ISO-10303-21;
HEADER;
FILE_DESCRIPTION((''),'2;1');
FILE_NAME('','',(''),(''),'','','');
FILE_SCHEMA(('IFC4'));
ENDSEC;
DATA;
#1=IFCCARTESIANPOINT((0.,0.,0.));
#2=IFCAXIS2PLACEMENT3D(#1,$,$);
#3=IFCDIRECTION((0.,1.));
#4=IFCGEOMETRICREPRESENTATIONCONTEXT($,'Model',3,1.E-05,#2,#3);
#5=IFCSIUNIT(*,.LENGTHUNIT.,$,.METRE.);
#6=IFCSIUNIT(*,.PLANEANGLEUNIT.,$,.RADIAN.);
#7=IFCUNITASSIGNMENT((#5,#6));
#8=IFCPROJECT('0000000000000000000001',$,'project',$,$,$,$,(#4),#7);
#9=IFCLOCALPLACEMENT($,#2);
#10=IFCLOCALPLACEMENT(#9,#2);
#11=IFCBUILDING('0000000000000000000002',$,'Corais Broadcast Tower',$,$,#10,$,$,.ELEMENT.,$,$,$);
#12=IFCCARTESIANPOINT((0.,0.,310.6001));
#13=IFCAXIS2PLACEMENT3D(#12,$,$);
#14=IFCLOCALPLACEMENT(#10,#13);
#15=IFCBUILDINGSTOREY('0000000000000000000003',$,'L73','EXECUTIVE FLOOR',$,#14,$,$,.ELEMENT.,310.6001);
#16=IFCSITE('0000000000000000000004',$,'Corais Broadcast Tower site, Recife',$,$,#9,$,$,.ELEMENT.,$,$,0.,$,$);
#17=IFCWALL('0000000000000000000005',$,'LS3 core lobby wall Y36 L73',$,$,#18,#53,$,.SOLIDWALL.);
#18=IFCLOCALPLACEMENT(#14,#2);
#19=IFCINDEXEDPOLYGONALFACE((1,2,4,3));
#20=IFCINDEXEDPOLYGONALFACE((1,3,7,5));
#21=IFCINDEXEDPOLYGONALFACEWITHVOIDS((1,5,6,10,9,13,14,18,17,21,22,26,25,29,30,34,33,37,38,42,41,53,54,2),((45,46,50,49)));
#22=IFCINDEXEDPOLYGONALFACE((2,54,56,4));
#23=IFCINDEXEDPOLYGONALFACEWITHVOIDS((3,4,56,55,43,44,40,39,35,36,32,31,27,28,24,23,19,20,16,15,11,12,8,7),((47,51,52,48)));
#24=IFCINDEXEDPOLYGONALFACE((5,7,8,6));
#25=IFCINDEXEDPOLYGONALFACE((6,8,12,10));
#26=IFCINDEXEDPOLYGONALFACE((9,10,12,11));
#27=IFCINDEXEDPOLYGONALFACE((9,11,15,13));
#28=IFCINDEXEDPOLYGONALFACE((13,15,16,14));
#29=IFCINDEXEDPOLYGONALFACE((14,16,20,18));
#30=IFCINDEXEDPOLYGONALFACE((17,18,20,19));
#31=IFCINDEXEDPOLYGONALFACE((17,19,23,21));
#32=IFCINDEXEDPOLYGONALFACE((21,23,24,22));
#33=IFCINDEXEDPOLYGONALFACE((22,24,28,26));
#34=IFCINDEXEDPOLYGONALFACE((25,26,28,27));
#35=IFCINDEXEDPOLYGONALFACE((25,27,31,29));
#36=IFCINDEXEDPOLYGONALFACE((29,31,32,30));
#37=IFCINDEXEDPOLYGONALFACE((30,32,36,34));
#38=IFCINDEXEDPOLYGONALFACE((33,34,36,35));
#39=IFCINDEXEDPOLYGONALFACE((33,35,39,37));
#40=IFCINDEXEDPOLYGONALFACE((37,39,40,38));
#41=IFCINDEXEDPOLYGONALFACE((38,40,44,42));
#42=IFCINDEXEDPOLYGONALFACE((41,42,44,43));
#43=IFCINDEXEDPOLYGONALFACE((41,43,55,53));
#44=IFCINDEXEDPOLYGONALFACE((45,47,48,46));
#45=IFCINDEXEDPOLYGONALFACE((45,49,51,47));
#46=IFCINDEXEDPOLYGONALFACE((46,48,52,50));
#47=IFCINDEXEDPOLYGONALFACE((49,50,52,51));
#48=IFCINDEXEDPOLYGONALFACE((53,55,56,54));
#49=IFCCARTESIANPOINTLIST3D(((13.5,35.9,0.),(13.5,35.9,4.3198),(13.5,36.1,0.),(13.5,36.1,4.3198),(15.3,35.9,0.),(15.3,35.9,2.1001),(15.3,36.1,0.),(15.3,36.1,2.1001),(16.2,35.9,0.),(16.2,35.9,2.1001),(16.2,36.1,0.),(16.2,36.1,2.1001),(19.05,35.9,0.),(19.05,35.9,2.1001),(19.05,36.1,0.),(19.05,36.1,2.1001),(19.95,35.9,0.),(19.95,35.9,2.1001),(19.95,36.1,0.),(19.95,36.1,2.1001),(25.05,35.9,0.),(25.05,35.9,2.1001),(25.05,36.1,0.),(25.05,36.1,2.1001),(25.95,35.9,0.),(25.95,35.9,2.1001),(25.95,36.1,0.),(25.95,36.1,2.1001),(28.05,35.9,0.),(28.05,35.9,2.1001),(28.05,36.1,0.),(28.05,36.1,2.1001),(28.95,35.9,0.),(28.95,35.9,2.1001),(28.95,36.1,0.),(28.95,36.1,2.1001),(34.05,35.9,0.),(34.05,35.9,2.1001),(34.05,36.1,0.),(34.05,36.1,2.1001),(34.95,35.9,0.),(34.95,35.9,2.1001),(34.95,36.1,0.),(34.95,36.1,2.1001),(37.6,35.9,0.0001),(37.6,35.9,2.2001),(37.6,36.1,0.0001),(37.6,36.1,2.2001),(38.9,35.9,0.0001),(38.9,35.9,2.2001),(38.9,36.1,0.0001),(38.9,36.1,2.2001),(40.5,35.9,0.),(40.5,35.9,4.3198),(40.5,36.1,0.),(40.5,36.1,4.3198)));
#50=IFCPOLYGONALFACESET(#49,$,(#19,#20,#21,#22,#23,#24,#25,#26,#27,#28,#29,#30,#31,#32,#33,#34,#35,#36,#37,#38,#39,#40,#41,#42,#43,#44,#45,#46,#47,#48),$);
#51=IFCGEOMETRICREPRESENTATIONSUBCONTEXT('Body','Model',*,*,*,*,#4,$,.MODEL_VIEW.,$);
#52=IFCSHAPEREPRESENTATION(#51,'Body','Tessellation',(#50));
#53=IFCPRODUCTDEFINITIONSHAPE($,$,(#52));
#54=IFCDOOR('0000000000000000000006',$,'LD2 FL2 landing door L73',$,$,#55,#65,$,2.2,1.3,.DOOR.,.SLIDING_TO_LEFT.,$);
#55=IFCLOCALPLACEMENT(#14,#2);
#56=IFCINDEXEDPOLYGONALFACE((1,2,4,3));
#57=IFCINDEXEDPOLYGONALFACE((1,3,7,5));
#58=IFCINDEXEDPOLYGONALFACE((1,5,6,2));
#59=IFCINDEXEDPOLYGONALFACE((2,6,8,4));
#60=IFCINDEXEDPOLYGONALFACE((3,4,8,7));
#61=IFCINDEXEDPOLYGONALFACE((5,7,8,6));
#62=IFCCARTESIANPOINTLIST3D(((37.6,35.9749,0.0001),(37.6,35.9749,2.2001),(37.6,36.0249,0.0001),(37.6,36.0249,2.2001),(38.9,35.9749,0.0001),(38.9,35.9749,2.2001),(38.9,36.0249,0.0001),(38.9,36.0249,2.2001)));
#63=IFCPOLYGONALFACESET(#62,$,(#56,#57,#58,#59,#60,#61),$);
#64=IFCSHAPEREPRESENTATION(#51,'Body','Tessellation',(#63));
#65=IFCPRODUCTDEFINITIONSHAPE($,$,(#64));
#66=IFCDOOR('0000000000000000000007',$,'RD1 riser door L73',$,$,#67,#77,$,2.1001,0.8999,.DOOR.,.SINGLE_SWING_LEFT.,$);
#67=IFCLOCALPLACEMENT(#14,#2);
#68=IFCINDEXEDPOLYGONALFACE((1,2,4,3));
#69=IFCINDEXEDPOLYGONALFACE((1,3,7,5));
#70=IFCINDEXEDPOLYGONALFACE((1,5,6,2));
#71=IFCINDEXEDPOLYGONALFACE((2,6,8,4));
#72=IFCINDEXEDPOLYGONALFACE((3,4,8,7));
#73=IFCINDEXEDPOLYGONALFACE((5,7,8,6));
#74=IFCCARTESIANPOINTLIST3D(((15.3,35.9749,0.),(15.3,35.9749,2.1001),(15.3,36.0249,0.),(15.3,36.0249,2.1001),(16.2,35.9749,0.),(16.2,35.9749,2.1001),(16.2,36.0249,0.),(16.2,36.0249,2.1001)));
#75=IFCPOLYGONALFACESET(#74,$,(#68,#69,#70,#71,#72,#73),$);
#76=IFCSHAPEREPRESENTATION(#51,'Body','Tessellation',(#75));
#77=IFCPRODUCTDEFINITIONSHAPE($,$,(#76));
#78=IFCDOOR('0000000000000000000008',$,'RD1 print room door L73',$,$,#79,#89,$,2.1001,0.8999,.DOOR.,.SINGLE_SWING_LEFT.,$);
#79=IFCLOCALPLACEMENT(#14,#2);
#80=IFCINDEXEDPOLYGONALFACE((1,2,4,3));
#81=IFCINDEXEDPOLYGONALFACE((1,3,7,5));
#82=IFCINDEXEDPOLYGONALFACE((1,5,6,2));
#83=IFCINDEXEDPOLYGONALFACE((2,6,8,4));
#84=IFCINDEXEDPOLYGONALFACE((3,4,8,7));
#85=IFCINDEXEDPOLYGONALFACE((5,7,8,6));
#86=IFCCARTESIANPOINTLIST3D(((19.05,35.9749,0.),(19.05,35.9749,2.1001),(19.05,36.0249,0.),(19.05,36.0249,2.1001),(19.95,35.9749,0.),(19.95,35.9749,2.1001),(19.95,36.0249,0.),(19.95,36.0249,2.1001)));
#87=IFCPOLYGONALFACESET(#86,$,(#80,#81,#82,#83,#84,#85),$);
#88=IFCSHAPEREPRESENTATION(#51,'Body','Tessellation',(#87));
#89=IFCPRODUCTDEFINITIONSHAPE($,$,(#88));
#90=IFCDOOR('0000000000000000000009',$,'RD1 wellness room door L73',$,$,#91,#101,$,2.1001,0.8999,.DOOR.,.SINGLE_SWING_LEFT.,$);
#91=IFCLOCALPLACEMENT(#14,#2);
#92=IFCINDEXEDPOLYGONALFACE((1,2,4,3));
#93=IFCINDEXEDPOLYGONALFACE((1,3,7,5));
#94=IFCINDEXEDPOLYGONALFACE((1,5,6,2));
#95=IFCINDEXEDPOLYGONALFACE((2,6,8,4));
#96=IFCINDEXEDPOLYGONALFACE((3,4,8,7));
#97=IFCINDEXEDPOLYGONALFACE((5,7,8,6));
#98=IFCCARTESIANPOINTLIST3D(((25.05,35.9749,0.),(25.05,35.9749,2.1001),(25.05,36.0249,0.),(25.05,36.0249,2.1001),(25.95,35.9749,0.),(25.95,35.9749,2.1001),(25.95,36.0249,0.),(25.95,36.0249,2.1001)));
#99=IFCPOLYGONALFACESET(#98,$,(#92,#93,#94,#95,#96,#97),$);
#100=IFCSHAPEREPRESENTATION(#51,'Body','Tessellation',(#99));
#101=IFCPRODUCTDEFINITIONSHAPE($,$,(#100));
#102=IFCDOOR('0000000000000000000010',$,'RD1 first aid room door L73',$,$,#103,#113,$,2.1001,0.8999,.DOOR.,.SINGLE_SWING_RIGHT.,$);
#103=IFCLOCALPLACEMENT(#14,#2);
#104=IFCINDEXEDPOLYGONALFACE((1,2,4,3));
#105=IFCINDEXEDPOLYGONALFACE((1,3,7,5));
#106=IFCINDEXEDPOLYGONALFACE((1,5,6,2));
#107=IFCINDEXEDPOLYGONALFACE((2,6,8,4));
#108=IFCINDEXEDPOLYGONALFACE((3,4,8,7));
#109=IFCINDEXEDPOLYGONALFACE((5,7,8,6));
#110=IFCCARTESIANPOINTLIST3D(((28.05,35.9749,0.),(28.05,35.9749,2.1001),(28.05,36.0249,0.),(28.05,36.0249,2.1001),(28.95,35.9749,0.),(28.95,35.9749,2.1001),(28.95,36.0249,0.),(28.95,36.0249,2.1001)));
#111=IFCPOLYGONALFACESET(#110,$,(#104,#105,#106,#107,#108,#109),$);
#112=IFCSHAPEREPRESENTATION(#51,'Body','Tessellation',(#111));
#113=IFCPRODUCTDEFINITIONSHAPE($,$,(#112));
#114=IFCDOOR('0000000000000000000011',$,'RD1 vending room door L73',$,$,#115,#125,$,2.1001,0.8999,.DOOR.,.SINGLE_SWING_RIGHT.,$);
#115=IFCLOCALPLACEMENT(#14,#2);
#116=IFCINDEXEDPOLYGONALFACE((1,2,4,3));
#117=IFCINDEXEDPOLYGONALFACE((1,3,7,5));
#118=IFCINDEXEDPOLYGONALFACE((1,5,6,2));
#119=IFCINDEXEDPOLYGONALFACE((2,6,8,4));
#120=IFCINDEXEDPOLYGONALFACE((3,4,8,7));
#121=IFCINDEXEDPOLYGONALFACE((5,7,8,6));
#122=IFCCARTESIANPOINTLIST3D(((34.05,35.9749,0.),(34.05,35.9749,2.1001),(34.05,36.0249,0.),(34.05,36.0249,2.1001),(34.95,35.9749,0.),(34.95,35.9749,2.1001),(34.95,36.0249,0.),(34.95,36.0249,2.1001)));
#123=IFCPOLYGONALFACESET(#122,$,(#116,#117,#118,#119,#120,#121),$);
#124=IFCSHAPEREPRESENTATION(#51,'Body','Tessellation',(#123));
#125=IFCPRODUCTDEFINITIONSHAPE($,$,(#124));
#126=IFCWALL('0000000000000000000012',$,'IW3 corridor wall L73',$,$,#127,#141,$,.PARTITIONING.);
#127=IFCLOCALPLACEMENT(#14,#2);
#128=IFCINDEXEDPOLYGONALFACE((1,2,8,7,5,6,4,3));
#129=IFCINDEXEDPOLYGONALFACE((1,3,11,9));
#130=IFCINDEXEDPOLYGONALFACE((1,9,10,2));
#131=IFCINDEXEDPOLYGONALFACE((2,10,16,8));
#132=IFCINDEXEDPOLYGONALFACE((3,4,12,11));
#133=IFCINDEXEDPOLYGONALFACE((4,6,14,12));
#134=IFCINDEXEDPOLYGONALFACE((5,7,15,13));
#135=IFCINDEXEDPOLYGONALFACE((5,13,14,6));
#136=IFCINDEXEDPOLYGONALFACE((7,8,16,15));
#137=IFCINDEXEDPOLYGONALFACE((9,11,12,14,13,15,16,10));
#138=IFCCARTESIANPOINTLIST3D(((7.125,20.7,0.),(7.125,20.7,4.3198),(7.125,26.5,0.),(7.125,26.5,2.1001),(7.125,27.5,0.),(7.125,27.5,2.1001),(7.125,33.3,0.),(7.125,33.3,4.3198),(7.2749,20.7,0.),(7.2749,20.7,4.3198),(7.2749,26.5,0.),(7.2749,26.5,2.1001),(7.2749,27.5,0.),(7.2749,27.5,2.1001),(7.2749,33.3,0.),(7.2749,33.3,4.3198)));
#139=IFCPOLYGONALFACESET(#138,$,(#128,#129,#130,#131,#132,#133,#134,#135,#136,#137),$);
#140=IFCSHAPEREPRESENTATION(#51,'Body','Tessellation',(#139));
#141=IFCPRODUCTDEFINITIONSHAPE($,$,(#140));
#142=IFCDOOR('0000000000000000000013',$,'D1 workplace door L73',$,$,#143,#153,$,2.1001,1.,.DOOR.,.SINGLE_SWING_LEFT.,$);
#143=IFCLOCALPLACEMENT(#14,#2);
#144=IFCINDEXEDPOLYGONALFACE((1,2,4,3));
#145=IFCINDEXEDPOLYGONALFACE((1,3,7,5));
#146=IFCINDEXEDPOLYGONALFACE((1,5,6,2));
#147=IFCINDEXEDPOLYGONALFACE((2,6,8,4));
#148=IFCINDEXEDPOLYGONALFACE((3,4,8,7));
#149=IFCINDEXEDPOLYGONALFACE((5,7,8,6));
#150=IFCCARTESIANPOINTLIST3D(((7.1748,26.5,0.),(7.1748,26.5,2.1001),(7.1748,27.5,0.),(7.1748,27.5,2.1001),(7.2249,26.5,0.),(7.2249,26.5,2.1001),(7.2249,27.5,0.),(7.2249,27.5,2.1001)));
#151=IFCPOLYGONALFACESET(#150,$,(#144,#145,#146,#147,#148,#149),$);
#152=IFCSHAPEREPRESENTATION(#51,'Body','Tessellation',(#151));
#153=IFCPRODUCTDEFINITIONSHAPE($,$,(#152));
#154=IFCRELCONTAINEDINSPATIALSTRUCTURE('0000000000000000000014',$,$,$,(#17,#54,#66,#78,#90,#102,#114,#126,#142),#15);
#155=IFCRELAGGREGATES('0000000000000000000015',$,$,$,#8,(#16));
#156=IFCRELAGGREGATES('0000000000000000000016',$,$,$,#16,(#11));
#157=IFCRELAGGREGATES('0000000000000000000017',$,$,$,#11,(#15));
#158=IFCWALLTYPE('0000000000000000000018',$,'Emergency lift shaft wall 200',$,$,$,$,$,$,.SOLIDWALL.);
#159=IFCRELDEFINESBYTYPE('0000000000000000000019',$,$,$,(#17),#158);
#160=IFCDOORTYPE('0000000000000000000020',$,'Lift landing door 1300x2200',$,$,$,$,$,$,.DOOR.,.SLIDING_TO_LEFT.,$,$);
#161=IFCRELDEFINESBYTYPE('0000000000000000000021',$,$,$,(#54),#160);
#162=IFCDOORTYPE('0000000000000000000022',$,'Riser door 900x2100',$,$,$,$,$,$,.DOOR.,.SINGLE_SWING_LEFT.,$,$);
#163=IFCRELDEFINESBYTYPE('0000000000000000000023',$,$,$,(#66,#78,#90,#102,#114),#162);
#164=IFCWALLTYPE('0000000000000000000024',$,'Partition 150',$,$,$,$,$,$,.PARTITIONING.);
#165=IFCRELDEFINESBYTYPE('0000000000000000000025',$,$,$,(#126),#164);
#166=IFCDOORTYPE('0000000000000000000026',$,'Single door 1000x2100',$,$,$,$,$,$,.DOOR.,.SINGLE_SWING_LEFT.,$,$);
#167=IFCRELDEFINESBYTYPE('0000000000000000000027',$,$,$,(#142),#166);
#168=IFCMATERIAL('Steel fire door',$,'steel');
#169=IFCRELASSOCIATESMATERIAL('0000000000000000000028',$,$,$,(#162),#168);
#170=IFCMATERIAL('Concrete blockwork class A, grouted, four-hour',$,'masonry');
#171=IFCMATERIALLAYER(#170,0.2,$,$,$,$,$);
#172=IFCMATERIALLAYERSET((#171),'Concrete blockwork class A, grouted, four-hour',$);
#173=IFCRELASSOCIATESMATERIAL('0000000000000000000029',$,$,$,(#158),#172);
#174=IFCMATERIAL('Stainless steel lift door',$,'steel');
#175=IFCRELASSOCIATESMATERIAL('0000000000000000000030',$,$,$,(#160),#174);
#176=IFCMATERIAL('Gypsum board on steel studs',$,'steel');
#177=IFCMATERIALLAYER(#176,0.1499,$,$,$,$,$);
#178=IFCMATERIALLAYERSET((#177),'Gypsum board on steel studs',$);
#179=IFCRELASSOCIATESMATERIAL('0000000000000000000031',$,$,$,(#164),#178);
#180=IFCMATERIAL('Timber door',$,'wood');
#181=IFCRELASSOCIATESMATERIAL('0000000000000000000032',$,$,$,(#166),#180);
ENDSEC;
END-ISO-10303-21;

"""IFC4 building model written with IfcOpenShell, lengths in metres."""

from ifc_helpers import new_model, si_unit, direction, frame, frame_2d, origin, place, context, subcontext, project, spatial, rectangle, extrude, material, layer, layer_set, type_object, element, fill, save


model = new_model("IFC4")

# Units and contexts
model_context = context("Model", 3, precision=1e-05, world=origin(), true_north=direction((0.0, 1.0)))
body_context = subcontext(model_context, "Body", "Model", "MODEL_VIEW")
ifc_project = project(units=[si_unit("LENGTHUNIT", "METRE"), si_unit("PLANEANGLEUNIT", "RADIAN")], contexts=[model_context])

# Site, building, storey
site_placement = place(None, origin())
site = spatial("IfcSite", under=ifc_project, at=site_placement, Name="Corais Broadcast Tower site, Recife", CompositionType="ELEMENT", RefElevation=0.0)
building_placement = place(site_placement, origin())
building = spatial("IfcBuilding", under=site, at=building_placement, Name="Corais Broadcast Tower", CompositionType="ELEMENT")
storey_placement = place(building_placement, frame((0.0, 0.0, 310.6001)))
storey = spatial("IfcBuildingStorey", under=building, at=storey_placement, Name="L73", Description="EXECUTIVE FLOOR", CompositionType="ELEMENT", Elevation=310.6001)

# Wall, openings, doors
ifc_material_1 = material(Name="Steel fire door", Category="steel")
door_type_1 = type_object("IfcDoorType", Name="Riser door 900x2100", OperationType="SINGLE_SWING_LEFT", PredefinedType="DOOR", material=ifc_material_1)
ifc_material_2 = material(Name="Concrete blockwork class A, grouted, four-hour", Category="masonry")
ifc_layer_1 = layer(ifc_material_2, 0.2)
ifc_layer_set_1 = layer_set([ifc_layer_1], Name="Concrete blockwork class A, grouted, four-hour")
wall_type_1 = type_object("IfcWallType", Name="Emergency lift shaft wall 200", PredefinedType="SOLIDWALL", material=ifc_layer_set_1)
wall_1_placement = place(storey_placement, frame((13.5, 36.0, 0.0), z_axis=(0.0, 0.0, 1.0), x_axis=(1.0, 0.0, 0.0)))
wall_1 = element("IfcWall", 1, at=wall_1_placement, inside=storey, type_object=wall_type_1, Name="LS3 core lobby wall Y36 L73", PredefinedType="SOLIDWALL", context=body_context, shape_type="SweptSolid", body=[
    extrude(rectangle(XDim=27.0, YDim=0.2, at=frame_2d((13.5, 0.0))), origin(), (0.0, 0.0, 1.0), 4.3198),
])
opening_1_placement = place(wall_1_placement, frame((1.8, 0.0, 0.0)))
opening_1 = element("IfcOpeningElement", 2, at=opening_1_placement, cuts=wall_1, PredefinedType="OPENING", context=body_context, shape_type="SweptSolid", body=[
    extrude(rectangle(XDim=0.8999, YDim=2.1001, at=frame_2d((0.45, 1.05))), frame((0.0, 0.1099, 0.0), z_axis=(0.0, -1.0, 0.0), x_axis=(1.0, 0.0, 0.0)), (0.0, 0.0, 1.0), 0.22),
])
opening_2_placement = place(wall_1_placement, frame((5.55, 0.0, 0.0)))
opening_2 = element("IfcOpeningElement", 3, at=opening_2_placement, cuts=wall_1, PredefinedType="OPENING", context=body_context, shape_type="SweptSolid", body=[
    extrude(rectangle(XDim=0.8999, YDim=2.1001, at=frame_2d((0.45, 1.05))), frame((0.0, 0.1099, 0.0), z_axis=(0.0, -1.0, 0.0), x_axis=(1.0, 0.0, 0.0)), (0.0, 0.0, 1.0), 0.22),
])
opening_3_placement = place(wall_1_placement, frame((11.55, 0.0, 0.0)))
opening_3 = element("IfcOpeningElement", 4, at=opening_3_placement, cuts=wall_1, PredefinedType="OPENING", context=body_context, shape_type="SweptSolid", body=[
    extrude(rectangle(XDim=0.8999, YDim=2.1001, at=frame_2d((0.45, 1.05))), frame((0.0, 0.1099, 0.0), z_axis=(0.0, -1.0, 0.0), x_axis=(1.0, 0.0, 0.0)), (0.0, 0.0, 1.0), 0.22),
])
opening_4_placement = place(wall_1_placement, frame((14.55, 0.0, 0.0)))
opening_4 = element("IfcOpeningElement", 5, at=opening_4_placement, cuts=wall_1, PredefinedType="OPENING", context=body_context, shape_type="SweptSolid", body=[
    extrude(rectangle(XDim=0.8999, YDim=2.1001, at=frame_2d((0.45, 1.05))), frame((0.0, 0.1099, 0.0), z_axis=(0.0, -1.0, 0.0), x_axis=(1.0, 0.0, 0.0)), (0.0, 0.0, 1.0), 0.22),
])
opening_5_placement = place(wall_1_placement, frame((20.55, 0.0, 0.0)))
opening_5 = element("IfcOpeningElement", 6, at=opening_5_placement, cuts=wall_1, PredefinedType="OPENING", context=body_context, shape_type="SweptSolid", body=[
    extrude(rectangle(XDim=0.8999, YDim=2.1001, at=frame_2d((0.45, 1.05))), frame((0.0, 0.1099, 0.0), z_axis=(0.0, -1.0, 0.0), x_axis=(1.0, 0.0, 0.0)), (0.0, 0.0, 1.0), 0.22),
])
opening_6_placement = place(wall_1_placement, frame((24.1001, 0.0, 0.0)))
opening_6 = element("IfcOpeningElement", 7, at=opening_6_placement, cuts=wall_1, PredefinedType="OPENING", context=body_context, shape_type="SweptSolid", body=[
    extrude(rectangle(XDim=1.3, YDim=2.2, at=frame_2d((0.6499, 1.1001))), frame((0.0, 0.1099, 0.0), z_axis=(0.0, -1.0, 0.0), x_axis=(1.0, 0.0, 0.0)), (0.0, 0.0, 1.0), 0.22),
])
ifc_material_3 = material(Name="Stainless steel lift door", Category="steel")
door_type_2 = type_object("IfcDoorType", Name="Lift landing door 1300x2200", OperationType="SLIDING_TO_LEFT", PredefinedType="DOOR", material=ifc_material_3)
door_1_placement = place(opening_6_placement, origin())
door_1 = element("IfcDoor", 8, at=door_1_placement, inside=storey, type_object=door_type_2, Name="LD2 FL2 landing door L73", OperationType="SLIDING_TO_LEFT", OverallHeight=2.2, OverallWidth=1.3, PredefinedType="DOOR", context=body_context, shape_type="SweptSolid", body=[
    extrude(rectangle(XDim=1.3, YDim=2.2, at=frame_2d((0.6499, 1.1001))), frame((0.0, 0.0249, 0.0), z_axis=(0.0, -1.0, 0.0), x_axis=(1.0, 0.0, 0.0)), (0.0, 0.0, 1.0), 0.05),
])
fill(opening_6, door_1)
door_2_placement = place(opening_1_placement, origin())
door_2 = element("IfcDoor", 9, at=door_2_placement, inside=storey, type_object=door_type_1, Name="RD1 riser door L73", OperationType="SINGLE_SWING_LEFT", OverallHeight=2.1001, OverallWidth=0.8999, PredefinedType="DOOR", context=body_context, shape_type="SweptSolid", body=[
    extrude(rectangle(XDim=0.8999, YDim=2.1001, at=frame_2d((0.45, 1.05))), frame((0.0, 0.0249, 0.0), z_axis=(0.0, -1.0, 0.0), x_axis=(1.0, 0.0, 0.0)), (0.0, 0.0, 1.0), 0.05),
])
fill(opening_1, door_2)
door_3_placement = place(opening_2_placement, origin())
door_3 = element("IfcDoor", 10, at=door_3_placement, inside=storey, type_object=door_type_1, Name="RD1 print room door L73", OperationType="SINGLE_SWING_LEFT", OverallHeight=2.1001, OverallWidth=0.8999, PredefinedType="DOOR", context=body_context, shape_type="SweptSolid", body=[
    extrude(rectangle(XDim=0.8999, YDim=2.1001, at=frame_2d((0.45, 1.05))), frame((0.0, 0.0249, 0.0), z_axis=(0.0, -1.0, 0.0), x_axis=(1.0, 0.0, 0.0)), (0.0, 0.0, 1.0), 0.05),
])
fill(opening_2, door_3)
door_4_placement = place(opening_3_placement, origin())
door_4 = element("IfcDoor", 11, at=door_4_placement, inside=storey, type_object=door_type_1, Name="RD1 wellness room door L73", OperationType="SINGLE_SWING_LEFT", OverallHeight=2.1001, OverallWidth=0.8999, PredefinedType="DOOR", context=body_context, shape_type="SweptSolid", body=[
    extrude(rectangle(XDim=0.8999, YDim=2.1001, at=frame_2d((0.45, 1.05))), frame((0.0, 0.0249, 0.0), z_axis=(0.0, -1.0, 0.0), x_axis=(1.0, 0.0, 0.0)), (0.0, 0.0, 1.0), 0.05),
])
fill(opening_3, door_4)
door_5_placement = place(opening_4_placement, origin())
door_5 = element("IfcDoor", 12, at=door_5_placement, inside=storey, type_object=door_type_1, Name="RD1 first aid room door L73", OperationType="SINGLE_SWING_RIGHT", OverallHeight=2.1001, OverallWidth=0.8999, PredefinedType="DOOR", context=body_context, shape_type="SweptSolid", body=[
    extrude(rectangle(XDim=0.8999, YDim=2.1001, at=frame_2d((0.45, 1.05))), frame((0.0, 0.0249, 0.0), z_axis=(0.0, -1.0, 0.0), x_axis=(1.0, 0.0, 0.0)), (0.0, 0.0, 1.0), 0.05),
])
fill(opening_4, door_5)
door_6_placement = place(opening_5_placement, origin())
door_6 = element("IfcDoor", 13, at=door_6_placement, inside=storey, type_object=door_type_1, Name="RD1 vending room door L73", OperationType="SINGLE_SWING_RIGHT", OverallHeight=2.1001, OverallWidth=0.8999, PredefinedType="DOOR", context=body_context, shape_type="SweptSolid", body=[
    extrude(rectangle(XDim=0.8999, YDim=2.1001, at=frame_2d((0.45, 1.05))), frame((0.0, 0.0249, 0.0), z_axis=(0.0, -1.0, 0.0), x_axis=(1.0, 0.0, 0.0)), (0.0, 0.0, 1.0), 0.05),
])
fill(opening_5, door_6)

# Wall, opening, door
ifc_material_4 = material(Name="Gypsum board on steel studs", Category="steel")
ifc_layer_2 = layer(ifc_material_4, 0.1499)
ifc_layer_set_2 = layer_set([ifc_layer_2], Name="Gypsum board on steel studs")
wall_type_2 = type_object("IfcWallType", Name="Partition 150", PredefinedType="PARTITIONING", material=ifc_layer_set_2)
wall_2_placement = place(storey_placement, frame((7.2, 33.3, 0.0), z_axis=(0.0, 0.0, 1.0), x_axis=(0.0, -1.0, 0.0)))
wall_2 = element("IfcWall", 14, at=wall_2_placement, inside=storey, type_object=wall_type_2, Name="IW3 corridor wall L73", PredefinedType="PARTITIONING", context=body_context, shape_type="SweptSolid", body=[
    extrude(rectangle(XDim=12.6001, YDim=0.1499, at=frame_2d((6.3, 0.0))), origin(), (0.0, 0.0, 1.0), 4.3198),
])
opening_7_placement = place(wall_2_placement, frame((5.8, 0.0, 0.0)))
opening_7 = element("IfcOpeningElement", 15, at=opening_7_placement, cuts=wall_2, PredefinedType="OPENING", context=body_context, shape_type="SweptSolid", body=[
    extrude(rectangle(XDim=1.0, YDim=2.1001, at=frame_2d((0.5, 1.05))), frame((0.0, 0.085, 0.0), z_axis=(0.0, -1.0, 0.0), x_axis=(1.0, 0.0, 0.0)), (0.0, 0.0, 1.0), 0.1699),
])
ifc_material_5 = material(Name="Timber door", Category="wood")
door_type_3 = type_object("IfcDoorType", Name="Single door 1000x2100", OperationType="SINGLE_SWING_LEFT", PredefinedType="DOOR", material=ifc_material_5)
door_7_placement = place(opening_7_placement, origin())
door_7 = element("IfcDoor", 16, at=door_7_placement, inside=storey, type_object=door_type_3, Name="D1 workplace door L73", OperationType="SINGLE_SWING_LEFT", OverallHeight=2.1001, OverallWidth=1.0, PredefinedType="DOOR", context=body_context, shape_type="SweptSolid", body=[
    extrude(rectangle(XDim=1.0, YDim=2.1001, at=frame_2d((0.5, 1.05))), frame((0.0, 0.0249, 0.0), z_axis=(0.0, -1.0, 0.0), x_axis=(1.0, 0.0, 0.0)), (0.0, 0.0, 1.0), 0.05),
])
fill(opening_7, door_7)

save(model, "model.ifc")
